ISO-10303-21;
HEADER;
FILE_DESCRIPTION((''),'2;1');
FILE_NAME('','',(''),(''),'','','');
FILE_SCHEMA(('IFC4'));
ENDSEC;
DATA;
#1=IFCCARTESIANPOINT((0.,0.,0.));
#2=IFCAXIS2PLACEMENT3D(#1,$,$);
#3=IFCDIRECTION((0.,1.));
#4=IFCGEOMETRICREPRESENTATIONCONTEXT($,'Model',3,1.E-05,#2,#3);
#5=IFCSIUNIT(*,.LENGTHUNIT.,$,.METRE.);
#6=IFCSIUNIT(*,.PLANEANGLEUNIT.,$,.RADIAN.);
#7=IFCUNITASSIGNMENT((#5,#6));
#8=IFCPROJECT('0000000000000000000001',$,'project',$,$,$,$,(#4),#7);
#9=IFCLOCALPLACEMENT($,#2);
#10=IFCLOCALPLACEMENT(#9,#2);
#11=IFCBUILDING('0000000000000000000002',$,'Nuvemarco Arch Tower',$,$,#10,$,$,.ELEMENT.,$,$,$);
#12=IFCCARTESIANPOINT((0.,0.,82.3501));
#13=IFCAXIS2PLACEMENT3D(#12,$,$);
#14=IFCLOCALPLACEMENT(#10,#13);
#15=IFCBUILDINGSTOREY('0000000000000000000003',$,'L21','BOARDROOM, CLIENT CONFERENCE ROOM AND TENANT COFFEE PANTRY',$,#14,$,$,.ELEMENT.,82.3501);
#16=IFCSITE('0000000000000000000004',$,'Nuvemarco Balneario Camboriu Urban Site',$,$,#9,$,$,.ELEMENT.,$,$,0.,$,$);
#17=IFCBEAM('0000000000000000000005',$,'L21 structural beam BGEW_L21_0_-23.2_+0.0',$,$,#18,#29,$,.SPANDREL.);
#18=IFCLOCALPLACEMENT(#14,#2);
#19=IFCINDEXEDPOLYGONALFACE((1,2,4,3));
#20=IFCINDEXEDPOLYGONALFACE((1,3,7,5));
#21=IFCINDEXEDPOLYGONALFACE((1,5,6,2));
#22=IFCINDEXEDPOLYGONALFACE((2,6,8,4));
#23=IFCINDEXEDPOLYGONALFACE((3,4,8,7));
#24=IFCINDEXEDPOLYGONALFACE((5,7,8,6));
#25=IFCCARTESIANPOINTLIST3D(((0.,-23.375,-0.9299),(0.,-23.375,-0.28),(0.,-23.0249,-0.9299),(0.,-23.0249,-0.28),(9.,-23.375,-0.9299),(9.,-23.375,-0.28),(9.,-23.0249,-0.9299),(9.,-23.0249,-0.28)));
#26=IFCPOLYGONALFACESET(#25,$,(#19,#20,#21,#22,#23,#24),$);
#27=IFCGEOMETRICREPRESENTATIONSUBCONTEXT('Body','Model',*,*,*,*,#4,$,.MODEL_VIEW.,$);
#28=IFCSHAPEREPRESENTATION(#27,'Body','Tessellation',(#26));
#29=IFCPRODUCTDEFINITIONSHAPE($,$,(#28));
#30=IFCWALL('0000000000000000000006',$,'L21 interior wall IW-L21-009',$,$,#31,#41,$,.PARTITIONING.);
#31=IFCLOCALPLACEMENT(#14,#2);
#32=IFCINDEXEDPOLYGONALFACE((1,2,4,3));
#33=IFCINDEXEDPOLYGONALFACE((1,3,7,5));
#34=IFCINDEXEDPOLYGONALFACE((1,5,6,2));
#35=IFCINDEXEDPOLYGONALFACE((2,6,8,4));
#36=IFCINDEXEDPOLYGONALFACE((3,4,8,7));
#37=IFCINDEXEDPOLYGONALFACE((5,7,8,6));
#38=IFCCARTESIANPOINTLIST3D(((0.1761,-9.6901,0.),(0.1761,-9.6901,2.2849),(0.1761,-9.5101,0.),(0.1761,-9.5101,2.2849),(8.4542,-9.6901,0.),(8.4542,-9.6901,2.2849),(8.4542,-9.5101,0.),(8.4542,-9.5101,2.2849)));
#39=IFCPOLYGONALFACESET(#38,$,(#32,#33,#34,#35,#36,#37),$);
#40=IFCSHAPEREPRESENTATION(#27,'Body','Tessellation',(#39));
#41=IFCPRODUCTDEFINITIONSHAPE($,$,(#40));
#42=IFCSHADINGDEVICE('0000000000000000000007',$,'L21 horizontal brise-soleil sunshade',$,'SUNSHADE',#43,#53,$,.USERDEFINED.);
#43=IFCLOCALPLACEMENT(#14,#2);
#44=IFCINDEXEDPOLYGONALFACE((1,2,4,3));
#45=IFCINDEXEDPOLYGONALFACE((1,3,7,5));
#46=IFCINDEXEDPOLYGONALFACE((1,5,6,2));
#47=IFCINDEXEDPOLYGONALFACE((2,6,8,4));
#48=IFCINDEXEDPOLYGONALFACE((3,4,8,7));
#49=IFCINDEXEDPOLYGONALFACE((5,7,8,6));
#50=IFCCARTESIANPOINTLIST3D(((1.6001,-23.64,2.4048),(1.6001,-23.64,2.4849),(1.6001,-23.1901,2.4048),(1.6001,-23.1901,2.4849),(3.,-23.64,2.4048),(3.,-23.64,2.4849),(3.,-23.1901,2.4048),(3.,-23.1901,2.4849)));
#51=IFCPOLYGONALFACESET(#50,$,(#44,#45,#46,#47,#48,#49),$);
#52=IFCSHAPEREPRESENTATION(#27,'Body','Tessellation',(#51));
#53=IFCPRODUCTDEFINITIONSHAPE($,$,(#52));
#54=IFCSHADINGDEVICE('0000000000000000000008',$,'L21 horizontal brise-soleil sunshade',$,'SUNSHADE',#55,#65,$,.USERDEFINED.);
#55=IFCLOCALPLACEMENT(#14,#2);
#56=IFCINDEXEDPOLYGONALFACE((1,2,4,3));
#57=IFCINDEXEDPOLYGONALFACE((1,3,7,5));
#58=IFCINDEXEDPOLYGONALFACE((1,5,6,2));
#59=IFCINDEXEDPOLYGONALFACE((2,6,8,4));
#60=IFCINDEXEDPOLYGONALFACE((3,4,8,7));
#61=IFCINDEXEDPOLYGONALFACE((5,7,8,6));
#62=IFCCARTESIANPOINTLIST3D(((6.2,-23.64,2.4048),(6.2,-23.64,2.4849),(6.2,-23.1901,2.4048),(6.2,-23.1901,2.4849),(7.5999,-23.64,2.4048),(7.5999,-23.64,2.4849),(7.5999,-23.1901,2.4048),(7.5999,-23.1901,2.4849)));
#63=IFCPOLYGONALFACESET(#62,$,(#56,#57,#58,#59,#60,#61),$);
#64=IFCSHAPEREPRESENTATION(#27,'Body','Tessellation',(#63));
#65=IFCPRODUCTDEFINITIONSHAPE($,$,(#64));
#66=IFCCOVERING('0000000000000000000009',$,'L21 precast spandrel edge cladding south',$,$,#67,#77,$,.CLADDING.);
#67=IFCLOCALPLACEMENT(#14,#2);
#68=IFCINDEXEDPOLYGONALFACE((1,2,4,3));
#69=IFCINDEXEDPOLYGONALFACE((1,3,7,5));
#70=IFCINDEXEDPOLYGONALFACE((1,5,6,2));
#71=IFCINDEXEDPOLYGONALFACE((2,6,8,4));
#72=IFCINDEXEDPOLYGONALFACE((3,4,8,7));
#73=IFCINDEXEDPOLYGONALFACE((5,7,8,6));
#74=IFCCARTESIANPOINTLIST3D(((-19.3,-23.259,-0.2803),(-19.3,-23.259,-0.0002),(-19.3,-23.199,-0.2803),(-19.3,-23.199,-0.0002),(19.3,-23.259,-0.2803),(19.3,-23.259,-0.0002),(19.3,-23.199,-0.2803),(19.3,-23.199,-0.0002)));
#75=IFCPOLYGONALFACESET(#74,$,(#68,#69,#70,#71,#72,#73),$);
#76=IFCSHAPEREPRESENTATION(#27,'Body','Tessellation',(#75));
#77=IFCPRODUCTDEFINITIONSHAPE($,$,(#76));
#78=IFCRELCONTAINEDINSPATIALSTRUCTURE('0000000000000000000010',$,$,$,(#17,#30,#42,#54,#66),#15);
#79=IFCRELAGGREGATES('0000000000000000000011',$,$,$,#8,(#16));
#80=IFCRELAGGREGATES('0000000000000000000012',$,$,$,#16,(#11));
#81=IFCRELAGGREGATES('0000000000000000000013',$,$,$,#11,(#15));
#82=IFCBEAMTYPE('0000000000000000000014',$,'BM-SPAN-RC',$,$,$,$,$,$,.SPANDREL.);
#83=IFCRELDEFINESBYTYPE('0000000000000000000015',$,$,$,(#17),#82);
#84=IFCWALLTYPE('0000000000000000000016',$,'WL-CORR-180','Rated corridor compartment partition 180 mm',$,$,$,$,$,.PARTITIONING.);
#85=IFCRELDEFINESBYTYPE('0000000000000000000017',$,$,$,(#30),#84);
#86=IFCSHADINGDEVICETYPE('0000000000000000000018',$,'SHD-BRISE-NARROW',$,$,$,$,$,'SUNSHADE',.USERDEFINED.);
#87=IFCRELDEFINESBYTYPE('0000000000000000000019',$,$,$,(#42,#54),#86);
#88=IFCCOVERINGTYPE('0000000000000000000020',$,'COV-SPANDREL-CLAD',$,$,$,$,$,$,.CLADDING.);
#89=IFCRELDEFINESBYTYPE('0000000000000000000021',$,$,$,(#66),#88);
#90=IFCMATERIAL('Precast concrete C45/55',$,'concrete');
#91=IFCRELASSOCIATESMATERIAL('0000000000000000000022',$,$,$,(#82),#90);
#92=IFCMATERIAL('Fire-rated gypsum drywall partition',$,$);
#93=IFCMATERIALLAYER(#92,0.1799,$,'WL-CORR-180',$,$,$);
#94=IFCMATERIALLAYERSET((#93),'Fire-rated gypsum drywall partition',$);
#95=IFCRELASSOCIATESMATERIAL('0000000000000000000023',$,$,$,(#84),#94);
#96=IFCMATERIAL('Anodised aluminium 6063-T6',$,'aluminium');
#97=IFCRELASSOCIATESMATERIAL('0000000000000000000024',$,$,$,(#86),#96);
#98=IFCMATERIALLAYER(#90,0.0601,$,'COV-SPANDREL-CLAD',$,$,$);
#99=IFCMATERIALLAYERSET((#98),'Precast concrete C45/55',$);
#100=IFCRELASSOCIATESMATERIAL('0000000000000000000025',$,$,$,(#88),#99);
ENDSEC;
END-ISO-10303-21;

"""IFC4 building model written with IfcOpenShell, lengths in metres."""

from ifc_helpers import new_model, si_unit, direction, frame, frame_2d, origin, origin_2d, place, context, subcontext, project, spatial, rectangle, extrude, source, transform, mapped, material, layer, layer_set, material_profile, profile_set, type_object, type_shapes, element, save


model = new_model("IFC4")

# Units and contexts
model_context = context("Model", 3, precision=1e-05, world=origin(), true_north=direction((0.0, 1.0)))
body_context = subcontext(model_context, "Body", "Model", "MODEL_VIEW")
ifc_project = project(units=[si_unit("LENGTHUNIT", "METRE"), si_unit("PLANEANGLEUNIT", "RADIAN")], contexts=[model_context])

# Site, building, storey
site_placement = place(None, origin())
site = spatial("IfcSite", under=ifc_project, at=site_placement, Name="Nuvemarco Balneario Camboriu Urban Site", CompositionType="ELEMENT", RefElevation=0.0)
building_placement = place(site_placement, origin())
building = spatial("IfcBuilding", under=site, at=building_placement, Name="Nuvemarco Arch Tower", CompositionType="ELEMENT")
storey_placement = place(building_placement, frame((0.0, 0.0, 82.3501)))
storey = spatial("IfcBuildingStorey", under=building, at=storey_placement, Name="L21", Description="BOARDROOM, CLIENT CONFERENCE ROOM AND TENANT COFFEE PANTRY", CompositionType="ELEMENT", Elevation=82.3501)

# Beam
ifc_material_1 = material(Name="Precast concrete C45/55", Category="concrete")
ifc_material_profile_1 = material_profile(ifc_material_1, rectangle(XDim=0.3501, YDim=0.6499, at=origin_2d()), Name="PC-SP-350x650")
ifc_profile_set_1 = profile_set([ifc_material_profile_1], Name="Precast concrete C45/55")
beam_type_1 = type_object("IfcBeamType", Name="BM-SPAN-RC", PredefinedType="SPANDREL", material=ifc_profile_set_1)
beam_1_placement = place(storey_placement, frame((0.0, -23.2, -0.605), z_axis=(1.0, 0.0, 0.0), x_axis=(0.0, 1.0, 0.0)))
element("IfcBeam", 1, at=beam_1_placement, inside=storey, type_object=beam_type_1, Name="L21 structural beam BGEW_L21_0_-23.2_+0.0", PredefinedType="SPANDREL", context=body_context, shape_type="SweptSolid", body=[
    extrude(rectangle(XDim=0.3501, YDim=0.6499, at=origin_2d()), origin(), (0.0, 0.0, 1.0), 9.0),
])

# Wall
ifc_material_2 = material(Name="Fire-rated gypsum drywall partition")
ifc_layer_1 = layer(ifc_material_2, 0.1799, Name="WL-CORR-180")
ifc_layer_set_1 = layer_set([ifc_layer_1], Name="Fire-rated gypsum drywall partition")
wall_type = type_object("IfcWallType", Name="WL-CORR-180", Description="Rated corridor compartment partition 180 mm", PredefinedType="PARTITIONING", material=ifc_layer_set_1)
wall_placement = place(storey_placement, frame((0.176, -9.6001, 0.0), z_axis=(0.0, 0.0, 1.0), x_axis=(1.0, 0.0, 0.0)))
element("IfcWall", 2, at=wall_placement, inside=storey, type_object=wall_type, Name="L21 interior wall IW-L21-009", PredefinedType="PARTITIONING", context=body_context, shape_type="SweptSolid", body=[
    extrude(rectangle(XDim=8.2781, YDim=0.1799, at=frame_2d((4.1392, 0.0))), origin(), (0.0, 0.0, 1.0), 2.2849),
])

# Shading devices
ifc_material_3 = material(Name="Anodised aluminium 6063-T6", Category="aluminium")
shading_device_type = type_object("IfcShadingDeviceType", Name="SHD-BRISE-NARROW", ElementType="SUNSHADE", PredefinedType="USERDEFINED", material=ifc_material_3)
shared_shape_1 = source(origin(), body_context, "Body", "SweptSolid", [
    extrude(rectangle(XDim=1.3999, YDim=0.45, at=origin_2d()), origin(), (0.0, 0.0, 1.0), 0.0801),
])
type_shapes(shading_device_type, [shared_shape_1])
for number, where, z_axis, x_axis, name in (
    (3, (2.3, -23.415, 2.4048), (0.0, 0.0, 1.0), (1.0, 0.0, 0.0), "L21 horizontal brise-soleil sunshade"),
    (4, (6.8999, -23.415, 2.4048), (0.0, 0.0, 1.0), (1.0, 0.0, 0.0), "L21 horizontal brise-soleil sunshade"),
):
    element("IfcShadingDevice", number, at=place(storey_placement, frame(where, z_axis=z_axis, x_axis=x_axis)), inside=storey, type_object=shading_device_type, Name=name, ObjectType="SUNSHADE", PredefinedType="USERDEFINED", context=body_context, shape_type="MappedRepresentation", body=[
        mapped(shared_shape_1, transform((0.0, 0.0, 0.0), scale=1.0)),
    ])

# Covering
ifc_layer_2 = layer(ifc_material_1, 0.0601, Name="COV-SPANDREL-CLAD")
ifc_layer_set_2 = layer_set([ifc_layer_2], Name="Precast concrete C45/55")
covering_type = type_object("IfcCoveringType", Name="COV-SPANDREL-CLAD", PredefinedType="CLADDING", material=ifc_layer_set_2)
shared_shape_2 = source(origin(), body_context, "Body", "SweptSolid", [
    extrude(rectangle(XDim=38.6001, YDim=0.0601, at=origin_2d()), origin(), (0.0, 0.0, 1.0), 0.28),
])
type_shapes(covering_type, [shared_shape_2])
covering_placement = place(storey_placement, frame((0.0, -23.229, -0.2803), z_axis=(0.0, 0.0, 1.0), x_axis=(1.0, 0.0, 0.0)))
element("IfcCovering", 5, at=covering_placement, inside=storey, type_object=covering_type, Name="L21 precast spandrel edge cladding south", PredefinedType="CLADDING", context=body_context, shape_type="MappedRepresentation", body=[
    mapped(shared_shape_2, transform((0.0, 0.0, 0.0), scale=1.0)),
])

save(model, "model.ifc")
